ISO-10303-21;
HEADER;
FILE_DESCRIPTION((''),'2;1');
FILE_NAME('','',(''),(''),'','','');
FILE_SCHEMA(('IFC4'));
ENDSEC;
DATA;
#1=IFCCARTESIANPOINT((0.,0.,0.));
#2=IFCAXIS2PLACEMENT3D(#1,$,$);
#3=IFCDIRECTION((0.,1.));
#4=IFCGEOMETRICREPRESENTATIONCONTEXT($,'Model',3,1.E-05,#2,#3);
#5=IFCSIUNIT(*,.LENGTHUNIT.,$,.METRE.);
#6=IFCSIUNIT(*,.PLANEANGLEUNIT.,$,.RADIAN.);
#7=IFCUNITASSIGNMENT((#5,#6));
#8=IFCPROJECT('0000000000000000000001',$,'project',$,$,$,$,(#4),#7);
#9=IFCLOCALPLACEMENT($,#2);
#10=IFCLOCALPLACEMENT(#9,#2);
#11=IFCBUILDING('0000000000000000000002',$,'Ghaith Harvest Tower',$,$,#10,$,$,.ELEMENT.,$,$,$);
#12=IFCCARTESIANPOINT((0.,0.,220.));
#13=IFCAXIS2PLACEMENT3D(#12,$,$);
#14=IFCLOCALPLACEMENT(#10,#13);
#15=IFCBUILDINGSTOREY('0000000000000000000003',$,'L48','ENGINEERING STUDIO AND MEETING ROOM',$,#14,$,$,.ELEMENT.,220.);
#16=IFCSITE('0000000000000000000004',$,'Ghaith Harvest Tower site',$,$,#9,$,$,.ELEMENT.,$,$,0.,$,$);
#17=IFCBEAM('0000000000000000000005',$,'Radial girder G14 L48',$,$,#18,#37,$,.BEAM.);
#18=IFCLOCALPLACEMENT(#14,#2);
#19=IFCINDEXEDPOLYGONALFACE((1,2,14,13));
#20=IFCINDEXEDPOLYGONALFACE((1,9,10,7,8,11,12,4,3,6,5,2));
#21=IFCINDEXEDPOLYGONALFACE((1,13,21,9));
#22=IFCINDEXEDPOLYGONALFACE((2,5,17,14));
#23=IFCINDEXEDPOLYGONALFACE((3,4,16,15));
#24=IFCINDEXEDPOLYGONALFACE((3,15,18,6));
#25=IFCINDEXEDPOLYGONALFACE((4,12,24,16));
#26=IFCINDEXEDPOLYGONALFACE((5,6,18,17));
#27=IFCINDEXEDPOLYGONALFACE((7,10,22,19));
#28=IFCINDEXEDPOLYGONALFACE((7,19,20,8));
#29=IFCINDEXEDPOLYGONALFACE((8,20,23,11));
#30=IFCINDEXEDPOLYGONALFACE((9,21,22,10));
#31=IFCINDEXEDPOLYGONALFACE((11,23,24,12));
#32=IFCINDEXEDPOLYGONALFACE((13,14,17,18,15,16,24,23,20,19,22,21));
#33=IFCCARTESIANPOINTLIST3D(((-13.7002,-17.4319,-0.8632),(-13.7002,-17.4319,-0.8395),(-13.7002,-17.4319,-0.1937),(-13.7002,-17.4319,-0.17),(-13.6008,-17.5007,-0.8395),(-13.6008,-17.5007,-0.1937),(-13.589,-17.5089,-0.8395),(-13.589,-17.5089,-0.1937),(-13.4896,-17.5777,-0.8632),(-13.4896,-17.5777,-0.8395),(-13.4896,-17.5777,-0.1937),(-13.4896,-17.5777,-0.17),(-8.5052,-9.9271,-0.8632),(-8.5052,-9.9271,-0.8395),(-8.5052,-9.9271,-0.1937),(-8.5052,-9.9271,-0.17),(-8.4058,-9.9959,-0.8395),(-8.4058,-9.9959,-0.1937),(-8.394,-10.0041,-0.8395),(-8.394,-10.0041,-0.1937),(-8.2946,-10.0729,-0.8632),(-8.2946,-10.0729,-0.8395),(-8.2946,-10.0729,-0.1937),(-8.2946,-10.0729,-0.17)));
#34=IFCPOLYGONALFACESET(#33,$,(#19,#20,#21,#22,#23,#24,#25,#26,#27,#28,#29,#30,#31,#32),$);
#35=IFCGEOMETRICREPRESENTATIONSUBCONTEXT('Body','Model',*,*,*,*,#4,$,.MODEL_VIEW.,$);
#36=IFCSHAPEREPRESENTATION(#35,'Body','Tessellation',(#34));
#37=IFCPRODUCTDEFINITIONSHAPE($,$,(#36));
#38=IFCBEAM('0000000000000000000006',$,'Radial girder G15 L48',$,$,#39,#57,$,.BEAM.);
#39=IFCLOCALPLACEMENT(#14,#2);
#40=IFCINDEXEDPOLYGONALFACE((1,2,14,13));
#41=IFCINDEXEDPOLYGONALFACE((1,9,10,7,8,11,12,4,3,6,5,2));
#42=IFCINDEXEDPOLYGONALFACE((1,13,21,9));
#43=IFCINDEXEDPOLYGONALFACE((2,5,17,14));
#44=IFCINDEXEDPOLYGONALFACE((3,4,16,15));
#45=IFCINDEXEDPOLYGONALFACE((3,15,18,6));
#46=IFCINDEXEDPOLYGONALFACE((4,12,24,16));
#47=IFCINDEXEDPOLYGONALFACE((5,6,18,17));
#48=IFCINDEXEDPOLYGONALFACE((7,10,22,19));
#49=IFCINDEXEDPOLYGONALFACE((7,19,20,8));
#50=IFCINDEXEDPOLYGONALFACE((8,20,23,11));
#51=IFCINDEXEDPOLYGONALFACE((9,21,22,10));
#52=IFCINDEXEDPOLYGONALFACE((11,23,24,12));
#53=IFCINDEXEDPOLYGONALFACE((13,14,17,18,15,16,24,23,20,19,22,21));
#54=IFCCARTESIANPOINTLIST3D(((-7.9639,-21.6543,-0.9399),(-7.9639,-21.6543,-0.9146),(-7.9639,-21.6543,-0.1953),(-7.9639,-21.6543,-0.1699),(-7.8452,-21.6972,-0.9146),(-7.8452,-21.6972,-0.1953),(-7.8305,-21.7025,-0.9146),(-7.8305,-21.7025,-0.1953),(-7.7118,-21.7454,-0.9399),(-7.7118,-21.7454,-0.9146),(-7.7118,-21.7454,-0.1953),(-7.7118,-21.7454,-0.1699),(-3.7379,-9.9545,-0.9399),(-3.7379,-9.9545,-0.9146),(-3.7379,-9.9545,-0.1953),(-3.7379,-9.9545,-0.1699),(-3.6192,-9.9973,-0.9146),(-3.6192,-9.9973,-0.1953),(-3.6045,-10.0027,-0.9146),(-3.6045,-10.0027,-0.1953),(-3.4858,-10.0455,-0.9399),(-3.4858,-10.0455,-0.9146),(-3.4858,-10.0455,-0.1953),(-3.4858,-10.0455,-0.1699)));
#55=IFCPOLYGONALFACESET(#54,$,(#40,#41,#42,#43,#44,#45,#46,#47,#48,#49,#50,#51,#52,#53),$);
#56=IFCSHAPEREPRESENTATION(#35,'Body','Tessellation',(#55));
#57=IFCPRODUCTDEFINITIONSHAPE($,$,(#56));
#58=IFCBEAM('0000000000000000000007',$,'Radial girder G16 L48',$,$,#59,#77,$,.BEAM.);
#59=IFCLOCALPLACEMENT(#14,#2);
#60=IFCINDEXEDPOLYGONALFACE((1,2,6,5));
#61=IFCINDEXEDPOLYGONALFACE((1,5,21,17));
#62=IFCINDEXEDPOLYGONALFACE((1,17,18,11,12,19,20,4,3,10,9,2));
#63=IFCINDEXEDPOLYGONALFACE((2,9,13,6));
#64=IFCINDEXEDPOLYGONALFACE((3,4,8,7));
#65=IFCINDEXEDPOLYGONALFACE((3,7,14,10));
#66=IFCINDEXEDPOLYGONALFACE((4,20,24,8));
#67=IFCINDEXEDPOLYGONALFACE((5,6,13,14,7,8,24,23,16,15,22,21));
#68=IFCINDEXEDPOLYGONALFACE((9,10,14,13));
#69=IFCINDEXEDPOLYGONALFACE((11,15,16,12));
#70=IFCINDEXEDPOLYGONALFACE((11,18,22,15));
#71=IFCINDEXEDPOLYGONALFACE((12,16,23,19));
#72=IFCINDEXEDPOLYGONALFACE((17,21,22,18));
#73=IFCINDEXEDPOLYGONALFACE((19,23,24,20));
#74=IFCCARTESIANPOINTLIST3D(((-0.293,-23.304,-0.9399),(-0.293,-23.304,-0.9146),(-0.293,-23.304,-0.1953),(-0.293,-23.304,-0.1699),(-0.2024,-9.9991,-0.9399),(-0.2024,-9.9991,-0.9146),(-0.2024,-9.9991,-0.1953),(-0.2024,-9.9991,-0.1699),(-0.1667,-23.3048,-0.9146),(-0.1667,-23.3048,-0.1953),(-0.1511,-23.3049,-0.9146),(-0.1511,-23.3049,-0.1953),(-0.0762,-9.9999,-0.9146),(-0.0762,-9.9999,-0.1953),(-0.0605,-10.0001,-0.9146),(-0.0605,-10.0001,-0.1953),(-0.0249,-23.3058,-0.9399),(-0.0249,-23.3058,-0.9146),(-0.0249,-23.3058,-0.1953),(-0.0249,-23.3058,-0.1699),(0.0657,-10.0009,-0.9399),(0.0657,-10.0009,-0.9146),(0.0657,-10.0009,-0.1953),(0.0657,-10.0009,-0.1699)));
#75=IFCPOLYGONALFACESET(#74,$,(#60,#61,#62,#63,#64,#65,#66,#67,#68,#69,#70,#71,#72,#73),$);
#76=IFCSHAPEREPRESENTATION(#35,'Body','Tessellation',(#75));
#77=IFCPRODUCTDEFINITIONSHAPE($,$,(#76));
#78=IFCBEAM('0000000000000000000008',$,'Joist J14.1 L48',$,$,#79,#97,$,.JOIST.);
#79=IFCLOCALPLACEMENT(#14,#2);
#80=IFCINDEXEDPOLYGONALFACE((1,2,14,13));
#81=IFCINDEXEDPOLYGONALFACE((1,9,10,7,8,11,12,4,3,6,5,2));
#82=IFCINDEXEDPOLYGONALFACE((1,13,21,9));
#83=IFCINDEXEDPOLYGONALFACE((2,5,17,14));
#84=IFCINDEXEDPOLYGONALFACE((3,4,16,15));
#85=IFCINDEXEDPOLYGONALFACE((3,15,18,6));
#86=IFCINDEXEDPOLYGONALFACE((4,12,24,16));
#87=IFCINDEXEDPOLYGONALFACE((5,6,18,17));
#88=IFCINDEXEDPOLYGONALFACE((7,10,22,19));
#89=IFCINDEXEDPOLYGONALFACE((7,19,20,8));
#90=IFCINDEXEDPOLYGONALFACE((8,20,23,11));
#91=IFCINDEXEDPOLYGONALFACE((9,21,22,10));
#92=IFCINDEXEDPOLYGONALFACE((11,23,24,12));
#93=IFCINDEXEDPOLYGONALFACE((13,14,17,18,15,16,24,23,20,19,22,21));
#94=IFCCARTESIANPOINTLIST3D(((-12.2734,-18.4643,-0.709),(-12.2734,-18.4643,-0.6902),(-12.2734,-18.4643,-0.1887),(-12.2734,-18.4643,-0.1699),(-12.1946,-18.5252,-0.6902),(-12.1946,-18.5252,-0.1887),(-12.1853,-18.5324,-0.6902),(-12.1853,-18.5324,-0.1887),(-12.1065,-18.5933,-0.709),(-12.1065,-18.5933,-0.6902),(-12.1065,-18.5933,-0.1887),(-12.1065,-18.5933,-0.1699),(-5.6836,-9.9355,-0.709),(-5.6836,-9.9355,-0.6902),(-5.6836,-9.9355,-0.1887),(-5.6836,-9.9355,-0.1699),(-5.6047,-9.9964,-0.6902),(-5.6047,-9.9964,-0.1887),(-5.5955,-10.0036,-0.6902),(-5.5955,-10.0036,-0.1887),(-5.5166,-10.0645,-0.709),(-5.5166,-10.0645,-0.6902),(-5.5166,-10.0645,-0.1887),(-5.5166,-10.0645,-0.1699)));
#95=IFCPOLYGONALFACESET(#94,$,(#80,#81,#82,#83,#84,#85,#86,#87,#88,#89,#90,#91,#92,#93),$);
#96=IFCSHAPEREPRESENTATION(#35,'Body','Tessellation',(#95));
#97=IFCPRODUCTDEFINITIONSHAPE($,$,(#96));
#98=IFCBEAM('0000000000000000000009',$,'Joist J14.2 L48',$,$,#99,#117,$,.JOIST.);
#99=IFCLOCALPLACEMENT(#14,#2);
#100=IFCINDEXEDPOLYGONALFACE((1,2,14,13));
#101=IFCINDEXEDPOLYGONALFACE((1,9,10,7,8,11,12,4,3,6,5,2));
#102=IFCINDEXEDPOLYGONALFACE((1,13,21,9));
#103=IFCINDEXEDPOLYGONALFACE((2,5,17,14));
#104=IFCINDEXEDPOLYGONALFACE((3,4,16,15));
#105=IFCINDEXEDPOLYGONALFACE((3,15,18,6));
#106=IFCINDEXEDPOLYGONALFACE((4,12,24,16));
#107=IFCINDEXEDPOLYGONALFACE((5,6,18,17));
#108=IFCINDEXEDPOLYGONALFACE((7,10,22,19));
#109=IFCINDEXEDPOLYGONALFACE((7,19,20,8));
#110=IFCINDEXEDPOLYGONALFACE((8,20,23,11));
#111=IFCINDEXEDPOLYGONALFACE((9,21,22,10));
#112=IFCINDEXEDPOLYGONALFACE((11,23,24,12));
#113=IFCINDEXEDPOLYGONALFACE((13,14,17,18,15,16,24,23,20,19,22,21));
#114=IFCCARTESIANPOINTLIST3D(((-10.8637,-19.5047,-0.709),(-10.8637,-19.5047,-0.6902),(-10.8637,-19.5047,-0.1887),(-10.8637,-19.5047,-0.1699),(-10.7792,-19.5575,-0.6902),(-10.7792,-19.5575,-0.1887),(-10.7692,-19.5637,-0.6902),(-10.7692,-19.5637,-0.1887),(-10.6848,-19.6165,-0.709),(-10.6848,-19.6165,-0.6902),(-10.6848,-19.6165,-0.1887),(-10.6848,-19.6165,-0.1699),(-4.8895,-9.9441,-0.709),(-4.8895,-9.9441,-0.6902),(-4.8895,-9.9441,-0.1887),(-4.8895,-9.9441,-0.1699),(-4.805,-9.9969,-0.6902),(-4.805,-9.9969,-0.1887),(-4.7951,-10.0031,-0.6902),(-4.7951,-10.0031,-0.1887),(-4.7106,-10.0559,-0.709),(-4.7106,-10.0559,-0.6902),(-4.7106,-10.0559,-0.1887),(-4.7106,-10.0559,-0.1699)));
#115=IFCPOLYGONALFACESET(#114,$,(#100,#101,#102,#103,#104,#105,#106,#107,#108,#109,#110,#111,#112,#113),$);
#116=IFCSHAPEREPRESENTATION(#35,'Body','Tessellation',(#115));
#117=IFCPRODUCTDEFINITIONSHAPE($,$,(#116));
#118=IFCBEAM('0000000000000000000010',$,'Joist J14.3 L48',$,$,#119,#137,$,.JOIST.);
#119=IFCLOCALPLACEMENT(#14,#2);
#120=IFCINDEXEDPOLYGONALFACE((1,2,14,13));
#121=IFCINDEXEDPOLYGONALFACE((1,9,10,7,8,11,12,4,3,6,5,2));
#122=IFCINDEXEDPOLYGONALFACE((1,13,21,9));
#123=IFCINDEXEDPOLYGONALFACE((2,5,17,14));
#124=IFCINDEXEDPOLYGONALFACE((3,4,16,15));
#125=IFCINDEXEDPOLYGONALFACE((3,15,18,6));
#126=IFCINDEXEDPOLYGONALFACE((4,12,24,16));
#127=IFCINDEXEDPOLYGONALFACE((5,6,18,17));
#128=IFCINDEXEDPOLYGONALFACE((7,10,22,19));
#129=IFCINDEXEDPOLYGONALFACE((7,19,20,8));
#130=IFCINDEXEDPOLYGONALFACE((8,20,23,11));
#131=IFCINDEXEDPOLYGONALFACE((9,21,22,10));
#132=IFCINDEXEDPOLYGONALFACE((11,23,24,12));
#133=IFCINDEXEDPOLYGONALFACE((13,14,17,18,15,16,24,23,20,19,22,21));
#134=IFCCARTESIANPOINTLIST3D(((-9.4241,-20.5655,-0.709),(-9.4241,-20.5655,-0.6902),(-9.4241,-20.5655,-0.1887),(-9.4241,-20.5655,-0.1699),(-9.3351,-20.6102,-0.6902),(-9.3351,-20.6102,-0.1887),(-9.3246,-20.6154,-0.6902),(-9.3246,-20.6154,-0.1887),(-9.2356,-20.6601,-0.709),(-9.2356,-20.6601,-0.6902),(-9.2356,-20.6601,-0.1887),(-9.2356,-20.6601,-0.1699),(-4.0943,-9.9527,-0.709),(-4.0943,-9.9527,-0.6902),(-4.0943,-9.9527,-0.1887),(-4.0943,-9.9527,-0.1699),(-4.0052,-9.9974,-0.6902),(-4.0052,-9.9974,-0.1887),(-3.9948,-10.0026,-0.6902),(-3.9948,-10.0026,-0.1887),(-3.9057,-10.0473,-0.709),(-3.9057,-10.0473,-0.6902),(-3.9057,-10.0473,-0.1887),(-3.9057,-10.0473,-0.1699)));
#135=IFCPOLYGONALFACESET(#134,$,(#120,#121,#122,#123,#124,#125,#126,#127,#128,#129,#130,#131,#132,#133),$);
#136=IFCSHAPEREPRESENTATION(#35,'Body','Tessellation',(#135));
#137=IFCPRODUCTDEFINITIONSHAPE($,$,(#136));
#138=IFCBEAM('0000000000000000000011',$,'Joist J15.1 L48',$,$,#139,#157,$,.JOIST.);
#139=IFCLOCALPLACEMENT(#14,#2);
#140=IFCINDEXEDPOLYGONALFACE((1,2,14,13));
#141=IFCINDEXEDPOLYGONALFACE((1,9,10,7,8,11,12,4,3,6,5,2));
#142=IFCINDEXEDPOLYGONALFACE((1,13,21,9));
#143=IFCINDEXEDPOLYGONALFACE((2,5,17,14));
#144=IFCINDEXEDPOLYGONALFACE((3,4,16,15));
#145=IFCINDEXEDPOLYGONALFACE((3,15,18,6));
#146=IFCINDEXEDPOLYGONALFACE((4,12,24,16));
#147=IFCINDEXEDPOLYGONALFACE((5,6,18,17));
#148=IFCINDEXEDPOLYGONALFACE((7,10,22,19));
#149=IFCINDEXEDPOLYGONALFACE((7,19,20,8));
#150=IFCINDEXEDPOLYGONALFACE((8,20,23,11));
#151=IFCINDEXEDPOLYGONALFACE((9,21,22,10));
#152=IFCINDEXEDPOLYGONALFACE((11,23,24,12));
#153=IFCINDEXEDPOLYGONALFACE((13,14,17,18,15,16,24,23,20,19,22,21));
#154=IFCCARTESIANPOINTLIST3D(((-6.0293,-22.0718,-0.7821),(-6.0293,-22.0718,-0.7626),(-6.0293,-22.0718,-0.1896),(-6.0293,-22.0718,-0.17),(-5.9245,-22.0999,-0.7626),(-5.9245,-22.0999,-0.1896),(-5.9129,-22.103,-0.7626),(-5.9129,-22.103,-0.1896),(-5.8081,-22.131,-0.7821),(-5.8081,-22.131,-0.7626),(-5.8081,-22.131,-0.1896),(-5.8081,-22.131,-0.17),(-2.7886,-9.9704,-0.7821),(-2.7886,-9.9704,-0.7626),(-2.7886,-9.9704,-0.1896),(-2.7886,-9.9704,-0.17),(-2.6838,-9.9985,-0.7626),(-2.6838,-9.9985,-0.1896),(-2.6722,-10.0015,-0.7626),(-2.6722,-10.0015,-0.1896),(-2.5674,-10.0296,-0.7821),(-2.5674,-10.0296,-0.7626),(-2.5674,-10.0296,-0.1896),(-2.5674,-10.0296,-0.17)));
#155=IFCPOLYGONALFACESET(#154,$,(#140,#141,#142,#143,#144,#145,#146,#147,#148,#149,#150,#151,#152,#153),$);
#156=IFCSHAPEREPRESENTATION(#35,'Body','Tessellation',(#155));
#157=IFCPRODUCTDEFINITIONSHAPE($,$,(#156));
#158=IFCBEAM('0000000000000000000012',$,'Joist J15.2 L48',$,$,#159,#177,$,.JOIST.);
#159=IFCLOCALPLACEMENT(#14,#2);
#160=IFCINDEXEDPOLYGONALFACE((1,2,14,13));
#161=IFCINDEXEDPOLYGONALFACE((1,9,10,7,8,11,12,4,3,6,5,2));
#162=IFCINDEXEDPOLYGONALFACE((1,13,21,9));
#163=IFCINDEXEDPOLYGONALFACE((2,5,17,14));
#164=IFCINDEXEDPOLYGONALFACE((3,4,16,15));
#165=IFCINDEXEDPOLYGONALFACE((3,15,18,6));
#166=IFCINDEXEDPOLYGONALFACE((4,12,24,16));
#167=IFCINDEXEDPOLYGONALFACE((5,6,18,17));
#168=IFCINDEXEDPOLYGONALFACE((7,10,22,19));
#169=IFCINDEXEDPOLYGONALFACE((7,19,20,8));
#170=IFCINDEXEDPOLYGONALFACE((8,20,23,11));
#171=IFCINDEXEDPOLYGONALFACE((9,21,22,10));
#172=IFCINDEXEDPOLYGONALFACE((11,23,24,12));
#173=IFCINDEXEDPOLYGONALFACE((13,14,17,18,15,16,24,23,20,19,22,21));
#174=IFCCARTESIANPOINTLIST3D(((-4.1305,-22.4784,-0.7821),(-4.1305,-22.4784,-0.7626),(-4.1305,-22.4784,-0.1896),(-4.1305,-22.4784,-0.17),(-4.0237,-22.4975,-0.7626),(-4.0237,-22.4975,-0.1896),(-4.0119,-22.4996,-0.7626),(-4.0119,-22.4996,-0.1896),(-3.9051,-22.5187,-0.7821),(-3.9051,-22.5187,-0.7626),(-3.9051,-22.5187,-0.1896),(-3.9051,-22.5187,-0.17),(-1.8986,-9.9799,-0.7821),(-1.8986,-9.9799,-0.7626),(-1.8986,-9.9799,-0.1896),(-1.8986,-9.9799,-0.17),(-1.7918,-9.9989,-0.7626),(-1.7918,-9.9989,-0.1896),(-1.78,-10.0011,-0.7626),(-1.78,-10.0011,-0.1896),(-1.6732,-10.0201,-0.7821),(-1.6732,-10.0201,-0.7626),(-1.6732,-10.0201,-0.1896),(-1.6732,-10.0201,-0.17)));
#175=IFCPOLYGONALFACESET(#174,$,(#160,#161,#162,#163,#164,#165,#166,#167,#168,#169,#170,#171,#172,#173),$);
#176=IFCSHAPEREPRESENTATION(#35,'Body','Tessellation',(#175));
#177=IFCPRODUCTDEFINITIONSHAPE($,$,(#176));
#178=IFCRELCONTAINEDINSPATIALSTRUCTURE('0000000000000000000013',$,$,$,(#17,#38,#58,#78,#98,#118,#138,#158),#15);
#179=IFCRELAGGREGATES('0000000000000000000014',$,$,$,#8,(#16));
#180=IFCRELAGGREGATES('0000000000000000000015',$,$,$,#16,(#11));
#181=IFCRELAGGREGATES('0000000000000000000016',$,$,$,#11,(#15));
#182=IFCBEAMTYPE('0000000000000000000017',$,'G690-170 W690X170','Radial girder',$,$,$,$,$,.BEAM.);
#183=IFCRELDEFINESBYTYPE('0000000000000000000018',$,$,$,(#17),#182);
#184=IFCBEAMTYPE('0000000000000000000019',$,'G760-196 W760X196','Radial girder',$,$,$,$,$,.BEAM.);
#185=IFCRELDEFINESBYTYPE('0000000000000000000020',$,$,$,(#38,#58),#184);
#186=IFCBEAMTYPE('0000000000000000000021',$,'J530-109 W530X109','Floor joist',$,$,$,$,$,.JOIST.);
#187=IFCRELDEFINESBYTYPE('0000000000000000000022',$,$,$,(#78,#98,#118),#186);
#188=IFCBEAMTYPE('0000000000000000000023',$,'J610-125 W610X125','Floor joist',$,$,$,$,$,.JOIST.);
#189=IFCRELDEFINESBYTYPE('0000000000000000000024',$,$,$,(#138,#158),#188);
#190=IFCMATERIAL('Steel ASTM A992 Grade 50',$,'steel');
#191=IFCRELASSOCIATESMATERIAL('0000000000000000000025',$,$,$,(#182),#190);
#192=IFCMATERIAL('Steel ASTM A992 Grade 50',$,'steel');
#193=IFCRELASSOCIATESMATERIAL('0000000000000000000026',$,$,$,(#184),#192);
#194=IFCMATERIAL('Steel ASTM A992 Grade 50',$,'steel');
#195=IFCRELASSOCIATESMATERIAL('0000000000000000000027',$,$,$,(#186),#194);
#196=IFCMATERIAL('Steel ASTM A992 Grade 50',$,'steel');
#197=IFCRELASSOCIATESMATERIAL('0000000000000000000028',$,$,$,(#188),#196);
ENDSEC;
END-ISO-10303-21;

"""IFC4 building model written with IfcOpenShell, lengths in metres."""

from ifc_helpers import new_model, si_unit, direction, frame, origin, origin_2d, place, context, subcontext, project, spatial, i_section, extrude, material, material_profile, profile_set, type_object, element, save


model = new_model("IFC4")

# Units and contexts
model_context = context("Model", 3, precision=1e-05, world=origin(), true_north=direction((0.0, 1.0)))
body_context = subcontext(model_context, "Body", "Model", "MODEL_VIEW")
ifc_project = project(units=[si_unit("LENGTHUNIT", "METRE"), si_unit("PLANEANGLEUNIT", "RADIAN")], contexts=[model_context])

# Site, building, storey
site_placement = place(None, origin())
site = spatial("IfcSite", under=ifc_project, at=site_placement, Name="Ghaith Harvest Tower site", CompositionType="ELEMENT", RefElevation=0.0)
building_placement = place(site_placement, origin())
building = spatial("IfcBuilding", under=site, at=building_placement, Name="Ghaith Harvest Tower", CompositionType="ELEMENT")
storey_placement = place(building_placement, frame((0.0, 0.0, 220.0)))
storey = spatial("IfcBuildingStorey", under=building, at=storey_placement, Name="L48", Description="ENGINEERING STUDIO AND MEETING ROOM", CompositionType="ELEMENT", Elevation=220.0)

# Beams
ifc_material_1 = material(Name="Steel ASTM A992 Grade 50", Category="steel")
ifc_material_profile_1 = material_profile(ifc_material_1, i_section(OverallWidth=0.2561, OverallDepth=0.6931, WebThickness=0.0144, FlangeThickness=0.0237, at=origin_2d()), Name="W690X170")
ifc_profile_set_1 = profile_set([ifc_material_profile_1], Name="Steel ASTM A992 Grade 50")
beam_type_1 = type_object("IfcBeamType", Name="G690-170 W690X170", Description="Radial girder", PredefinedType="BEAM", material=ifc_profile_set_1)
beam_1_placement = place(storey_placement, frame((-8.3999, -10.0, -0.5166), z_axis=(-0.569164, -0.822224, 0.0), x_axis=(0.822224, -0.569164, 0.0)))
element("IfcBeam", 1, at=beam_1_placement, inside=storey, type_object=beam_type_1, Name="Radial girder G14 L48", PredefinedType="BEAM", context=body_context, shape_type="SweptSolid", body=[
    extrude(i_section(OverallWidth=0.2561, OverallDepth=0.6931, WebThickness=0.0144, FlangeThickness=0.0237, at=origin_2d()), origin(), (0.0, 0.0, 1.0), 9.1274),
])
ifc_material_2 = material(Name="Steel ASTM A992 Grade 50", Category="steel")
ifc_material_profile_2 = material_profile(ifc_material_2, i_section(OverallWidth=0.2681, OverallDepth=0.77, WebThickness=0.0156, FlangeThickness=0.0254, at=origin_2d()), Name="W760X196")
ifc_profile_set_2 = profile_set([ifc_material_profile_2], Name="Steel ASTM A992 Grade 50")
beam_type_2 = type_object("IfcBeamType", Name="G760-196 W760X196", Description="Radial girder", PredefinedType="BEAM", material=ifc_profile_set_2)
beam_2_placement = place(storey_placement, frame((-3.6118, -10.0, -0.5549), z_axis=(-0.339722, -0.940526, 0.0), x_axis=(0.940526, -0.339722, 0.0)))
element("IfcBeam", 2, at=beam_2_placement, inside=storey, type_object=beam_type_2, Name="Radial girder G15 L48", PredefinedType="BEAM", context=body_context, shape_type="SweptSolid", body=[
    extrude(i_section(OverallWidth=0.2681, OverallDepth=0.77, WebThickness=0.0156, FlangeThickness=0.0254, at=origin_2d()), origin(), (0.0, 0.0, 1.0), 12.4397),
])
beam_3_placement = place(storey_placement, frame((-0.0684, -10.0, -0.5549), z_axis=(-0.006808, -0.999977, 0.0), x_axis=(0.999977, -0.006808, 0.0)))
element("IfcBeam", 3, at=beam_3_placement, inside=storey, type_object=beam_type_2, Name="Radial girder G16 L48", PredefinedType="BEAM", context=body_context, shape_type="SweptSolid", body=[
    extrude(i_section(OverallWidth=0.2681, OverallDepth=0.77, WebThickness=0.0156, FlangeThickness=0.0254, at=origin_2d()), origin(), (0.0, 0.0, 1.0), 13.3052),
])
ifc_material_3 = material(Name="Steel ASTM A992 Grade 50", Category="steel")
ifc_material_profile_3 = material_profile(ifc_material_3, i_section(OverallWidth=0.2109, OverallDepth=0.5391, WebThickness=0.0117, FlangeThickness=0.0188, at=origin_2d()), Name="W530X109")
ifc_profile_set_3 = profile_set([ifc_material_profile_3], Name="Steel ASTM A992 Grade 50")
beam_type_3 = type_object("IfcBeamType", Name="J530-109 W530X109", Description="Floor joist", PredefinedType="JOIST", material=ifc_profile_set_3)
beam_4_placement = place(storey_placement, frame((-5.6001, -10.0, -0.4395), z_axis=(-0.611413, -0.791312, 0.0), x_axis=(0.791312, -0.611413, 0.0)))
element("IfcBeam", 4, at=beam_4_placement, inside=storey, type_object=beam_type_3, Name="Joist J14.1 L48", PredefinedType="JOIST", context=body_context, shape_type="SweptSolid", body=[
    extrude(i_section(OverallWidth=0.2109, OverallDepth=0.5391, WebThickness=0.0117, FlangeThickness=0.0188, at=origin_2d()), origin(), (0.0, 0.0, 1.0), 10.7781),
])
beam_5_placement = place(storey_placement, frame((-4.8, -10.0, -0.4395), z_axis=(-0.529921, -0.848047, 0.0), x_axis=(0.848047, -0.529921, 0.0)))
element("IfcBeam", 5, at=beam_5_placement, inside=storey, type_object=beam_type_3, Name="Joist J14.2 L48", PredefinedType="JOIST", context=body_context, shape_type="SweptSolid", body=[
    extrude(i_section(OverallWidth=0.2109, OverallDepth=0.5391, WebThickness=0.0117, FlangeThickness=0.0188, at=origin_2d()), origin(), (0.0, 0.0, 1.0), 11.2737),
])
beam_6_placement = place(storey_placement, frame((-4.0, -10.0, -0.4395), z_axis=(-0.448792, -0.893636, 0.0), x_axis=(0.893636, -0.448792, 0.0)))
element("IfcBeam", 6, at=beam_6_placement, inside=storey, type_object=beam_type_3, Name="Joist J14.3 L48", PredefinedType="JOIST", context=body_context, shape_type="SweptSolid", body=[
    extrude(i_section(OverallWidth=0.2109, OverallDepth=0.5391, WebThickness=0.0117, FlangeThickness=0.0188, at=origin_2d()), origin(), (0.0, 0.0, 1.0), 11.876),
])
ifc_material_4 = material(Name="Steel ASTM A992 Grade 50", Category="steel")
ifc_material_profile_4 = material_profile(ifc_material_4, i_section(OverallWidth=0.229, OverallDepth=0.6121, WebThickness=0.012, FlangeThickness=0.0195, at=origin_2d()), Name="W610X125")
ifc_profile_set_4 = profile_set([ifc_material_profile_4], Name="Steel ASTM A992 Grade 50")
beam_type_4 = type_object("IfcBeamType", Name="J610-125 W610X125", Description="Floor joist", PredefinedType="JOIST", material=ifc_profile_set_4)
beam_7_placement = place(storey_placement, frame((-2.678, -10.0, -0.4761), z_axis=(-0.258684, -0.965962, 0.0), x_axis=(0.965962, -0.258684, 0.0)))
element("IfcBeam", 7, at=beam_7_placement, inside=storey, type_object=beam_type_4, Name="Joist J15.1 L48", PredefinedType="JOIST", context=body_context, shape_type="SweptSolid", body=[
    extrude(i_section(OverallWidth=0.229, OverallDepth=0.6121, WebThickness=0.012, FlangeThickness=0.0195, at=origin_2d()), origin(), (0.0, 0.0, 1.0), 12.5278),
])
beam_8_placement = place(storey_placement, frame((-1.7859, -10.0, -0.4761), z_axis=(-0.175795, -0.984427, 0.0), x_axis=(0.984427, -0.175795, 0.0)))
element("IfcBeam", 8, at=beam_8_placement, inside=storey, type_object=beam_type_4, Name="Joist J15.2 L48", PredefinedType="JOIST", context=body_context, shape_type="SweptSolid", body=[
    extrude(i_section(OverallWidth=0.229, OverallDepth=0.6121, WebThickness=0.012, FlangeThickness=0.0195, at=origin_2d()), origin(), (0.0, 0.0, 1.0), 12.6963),
])

save(model, "model.ifc")
